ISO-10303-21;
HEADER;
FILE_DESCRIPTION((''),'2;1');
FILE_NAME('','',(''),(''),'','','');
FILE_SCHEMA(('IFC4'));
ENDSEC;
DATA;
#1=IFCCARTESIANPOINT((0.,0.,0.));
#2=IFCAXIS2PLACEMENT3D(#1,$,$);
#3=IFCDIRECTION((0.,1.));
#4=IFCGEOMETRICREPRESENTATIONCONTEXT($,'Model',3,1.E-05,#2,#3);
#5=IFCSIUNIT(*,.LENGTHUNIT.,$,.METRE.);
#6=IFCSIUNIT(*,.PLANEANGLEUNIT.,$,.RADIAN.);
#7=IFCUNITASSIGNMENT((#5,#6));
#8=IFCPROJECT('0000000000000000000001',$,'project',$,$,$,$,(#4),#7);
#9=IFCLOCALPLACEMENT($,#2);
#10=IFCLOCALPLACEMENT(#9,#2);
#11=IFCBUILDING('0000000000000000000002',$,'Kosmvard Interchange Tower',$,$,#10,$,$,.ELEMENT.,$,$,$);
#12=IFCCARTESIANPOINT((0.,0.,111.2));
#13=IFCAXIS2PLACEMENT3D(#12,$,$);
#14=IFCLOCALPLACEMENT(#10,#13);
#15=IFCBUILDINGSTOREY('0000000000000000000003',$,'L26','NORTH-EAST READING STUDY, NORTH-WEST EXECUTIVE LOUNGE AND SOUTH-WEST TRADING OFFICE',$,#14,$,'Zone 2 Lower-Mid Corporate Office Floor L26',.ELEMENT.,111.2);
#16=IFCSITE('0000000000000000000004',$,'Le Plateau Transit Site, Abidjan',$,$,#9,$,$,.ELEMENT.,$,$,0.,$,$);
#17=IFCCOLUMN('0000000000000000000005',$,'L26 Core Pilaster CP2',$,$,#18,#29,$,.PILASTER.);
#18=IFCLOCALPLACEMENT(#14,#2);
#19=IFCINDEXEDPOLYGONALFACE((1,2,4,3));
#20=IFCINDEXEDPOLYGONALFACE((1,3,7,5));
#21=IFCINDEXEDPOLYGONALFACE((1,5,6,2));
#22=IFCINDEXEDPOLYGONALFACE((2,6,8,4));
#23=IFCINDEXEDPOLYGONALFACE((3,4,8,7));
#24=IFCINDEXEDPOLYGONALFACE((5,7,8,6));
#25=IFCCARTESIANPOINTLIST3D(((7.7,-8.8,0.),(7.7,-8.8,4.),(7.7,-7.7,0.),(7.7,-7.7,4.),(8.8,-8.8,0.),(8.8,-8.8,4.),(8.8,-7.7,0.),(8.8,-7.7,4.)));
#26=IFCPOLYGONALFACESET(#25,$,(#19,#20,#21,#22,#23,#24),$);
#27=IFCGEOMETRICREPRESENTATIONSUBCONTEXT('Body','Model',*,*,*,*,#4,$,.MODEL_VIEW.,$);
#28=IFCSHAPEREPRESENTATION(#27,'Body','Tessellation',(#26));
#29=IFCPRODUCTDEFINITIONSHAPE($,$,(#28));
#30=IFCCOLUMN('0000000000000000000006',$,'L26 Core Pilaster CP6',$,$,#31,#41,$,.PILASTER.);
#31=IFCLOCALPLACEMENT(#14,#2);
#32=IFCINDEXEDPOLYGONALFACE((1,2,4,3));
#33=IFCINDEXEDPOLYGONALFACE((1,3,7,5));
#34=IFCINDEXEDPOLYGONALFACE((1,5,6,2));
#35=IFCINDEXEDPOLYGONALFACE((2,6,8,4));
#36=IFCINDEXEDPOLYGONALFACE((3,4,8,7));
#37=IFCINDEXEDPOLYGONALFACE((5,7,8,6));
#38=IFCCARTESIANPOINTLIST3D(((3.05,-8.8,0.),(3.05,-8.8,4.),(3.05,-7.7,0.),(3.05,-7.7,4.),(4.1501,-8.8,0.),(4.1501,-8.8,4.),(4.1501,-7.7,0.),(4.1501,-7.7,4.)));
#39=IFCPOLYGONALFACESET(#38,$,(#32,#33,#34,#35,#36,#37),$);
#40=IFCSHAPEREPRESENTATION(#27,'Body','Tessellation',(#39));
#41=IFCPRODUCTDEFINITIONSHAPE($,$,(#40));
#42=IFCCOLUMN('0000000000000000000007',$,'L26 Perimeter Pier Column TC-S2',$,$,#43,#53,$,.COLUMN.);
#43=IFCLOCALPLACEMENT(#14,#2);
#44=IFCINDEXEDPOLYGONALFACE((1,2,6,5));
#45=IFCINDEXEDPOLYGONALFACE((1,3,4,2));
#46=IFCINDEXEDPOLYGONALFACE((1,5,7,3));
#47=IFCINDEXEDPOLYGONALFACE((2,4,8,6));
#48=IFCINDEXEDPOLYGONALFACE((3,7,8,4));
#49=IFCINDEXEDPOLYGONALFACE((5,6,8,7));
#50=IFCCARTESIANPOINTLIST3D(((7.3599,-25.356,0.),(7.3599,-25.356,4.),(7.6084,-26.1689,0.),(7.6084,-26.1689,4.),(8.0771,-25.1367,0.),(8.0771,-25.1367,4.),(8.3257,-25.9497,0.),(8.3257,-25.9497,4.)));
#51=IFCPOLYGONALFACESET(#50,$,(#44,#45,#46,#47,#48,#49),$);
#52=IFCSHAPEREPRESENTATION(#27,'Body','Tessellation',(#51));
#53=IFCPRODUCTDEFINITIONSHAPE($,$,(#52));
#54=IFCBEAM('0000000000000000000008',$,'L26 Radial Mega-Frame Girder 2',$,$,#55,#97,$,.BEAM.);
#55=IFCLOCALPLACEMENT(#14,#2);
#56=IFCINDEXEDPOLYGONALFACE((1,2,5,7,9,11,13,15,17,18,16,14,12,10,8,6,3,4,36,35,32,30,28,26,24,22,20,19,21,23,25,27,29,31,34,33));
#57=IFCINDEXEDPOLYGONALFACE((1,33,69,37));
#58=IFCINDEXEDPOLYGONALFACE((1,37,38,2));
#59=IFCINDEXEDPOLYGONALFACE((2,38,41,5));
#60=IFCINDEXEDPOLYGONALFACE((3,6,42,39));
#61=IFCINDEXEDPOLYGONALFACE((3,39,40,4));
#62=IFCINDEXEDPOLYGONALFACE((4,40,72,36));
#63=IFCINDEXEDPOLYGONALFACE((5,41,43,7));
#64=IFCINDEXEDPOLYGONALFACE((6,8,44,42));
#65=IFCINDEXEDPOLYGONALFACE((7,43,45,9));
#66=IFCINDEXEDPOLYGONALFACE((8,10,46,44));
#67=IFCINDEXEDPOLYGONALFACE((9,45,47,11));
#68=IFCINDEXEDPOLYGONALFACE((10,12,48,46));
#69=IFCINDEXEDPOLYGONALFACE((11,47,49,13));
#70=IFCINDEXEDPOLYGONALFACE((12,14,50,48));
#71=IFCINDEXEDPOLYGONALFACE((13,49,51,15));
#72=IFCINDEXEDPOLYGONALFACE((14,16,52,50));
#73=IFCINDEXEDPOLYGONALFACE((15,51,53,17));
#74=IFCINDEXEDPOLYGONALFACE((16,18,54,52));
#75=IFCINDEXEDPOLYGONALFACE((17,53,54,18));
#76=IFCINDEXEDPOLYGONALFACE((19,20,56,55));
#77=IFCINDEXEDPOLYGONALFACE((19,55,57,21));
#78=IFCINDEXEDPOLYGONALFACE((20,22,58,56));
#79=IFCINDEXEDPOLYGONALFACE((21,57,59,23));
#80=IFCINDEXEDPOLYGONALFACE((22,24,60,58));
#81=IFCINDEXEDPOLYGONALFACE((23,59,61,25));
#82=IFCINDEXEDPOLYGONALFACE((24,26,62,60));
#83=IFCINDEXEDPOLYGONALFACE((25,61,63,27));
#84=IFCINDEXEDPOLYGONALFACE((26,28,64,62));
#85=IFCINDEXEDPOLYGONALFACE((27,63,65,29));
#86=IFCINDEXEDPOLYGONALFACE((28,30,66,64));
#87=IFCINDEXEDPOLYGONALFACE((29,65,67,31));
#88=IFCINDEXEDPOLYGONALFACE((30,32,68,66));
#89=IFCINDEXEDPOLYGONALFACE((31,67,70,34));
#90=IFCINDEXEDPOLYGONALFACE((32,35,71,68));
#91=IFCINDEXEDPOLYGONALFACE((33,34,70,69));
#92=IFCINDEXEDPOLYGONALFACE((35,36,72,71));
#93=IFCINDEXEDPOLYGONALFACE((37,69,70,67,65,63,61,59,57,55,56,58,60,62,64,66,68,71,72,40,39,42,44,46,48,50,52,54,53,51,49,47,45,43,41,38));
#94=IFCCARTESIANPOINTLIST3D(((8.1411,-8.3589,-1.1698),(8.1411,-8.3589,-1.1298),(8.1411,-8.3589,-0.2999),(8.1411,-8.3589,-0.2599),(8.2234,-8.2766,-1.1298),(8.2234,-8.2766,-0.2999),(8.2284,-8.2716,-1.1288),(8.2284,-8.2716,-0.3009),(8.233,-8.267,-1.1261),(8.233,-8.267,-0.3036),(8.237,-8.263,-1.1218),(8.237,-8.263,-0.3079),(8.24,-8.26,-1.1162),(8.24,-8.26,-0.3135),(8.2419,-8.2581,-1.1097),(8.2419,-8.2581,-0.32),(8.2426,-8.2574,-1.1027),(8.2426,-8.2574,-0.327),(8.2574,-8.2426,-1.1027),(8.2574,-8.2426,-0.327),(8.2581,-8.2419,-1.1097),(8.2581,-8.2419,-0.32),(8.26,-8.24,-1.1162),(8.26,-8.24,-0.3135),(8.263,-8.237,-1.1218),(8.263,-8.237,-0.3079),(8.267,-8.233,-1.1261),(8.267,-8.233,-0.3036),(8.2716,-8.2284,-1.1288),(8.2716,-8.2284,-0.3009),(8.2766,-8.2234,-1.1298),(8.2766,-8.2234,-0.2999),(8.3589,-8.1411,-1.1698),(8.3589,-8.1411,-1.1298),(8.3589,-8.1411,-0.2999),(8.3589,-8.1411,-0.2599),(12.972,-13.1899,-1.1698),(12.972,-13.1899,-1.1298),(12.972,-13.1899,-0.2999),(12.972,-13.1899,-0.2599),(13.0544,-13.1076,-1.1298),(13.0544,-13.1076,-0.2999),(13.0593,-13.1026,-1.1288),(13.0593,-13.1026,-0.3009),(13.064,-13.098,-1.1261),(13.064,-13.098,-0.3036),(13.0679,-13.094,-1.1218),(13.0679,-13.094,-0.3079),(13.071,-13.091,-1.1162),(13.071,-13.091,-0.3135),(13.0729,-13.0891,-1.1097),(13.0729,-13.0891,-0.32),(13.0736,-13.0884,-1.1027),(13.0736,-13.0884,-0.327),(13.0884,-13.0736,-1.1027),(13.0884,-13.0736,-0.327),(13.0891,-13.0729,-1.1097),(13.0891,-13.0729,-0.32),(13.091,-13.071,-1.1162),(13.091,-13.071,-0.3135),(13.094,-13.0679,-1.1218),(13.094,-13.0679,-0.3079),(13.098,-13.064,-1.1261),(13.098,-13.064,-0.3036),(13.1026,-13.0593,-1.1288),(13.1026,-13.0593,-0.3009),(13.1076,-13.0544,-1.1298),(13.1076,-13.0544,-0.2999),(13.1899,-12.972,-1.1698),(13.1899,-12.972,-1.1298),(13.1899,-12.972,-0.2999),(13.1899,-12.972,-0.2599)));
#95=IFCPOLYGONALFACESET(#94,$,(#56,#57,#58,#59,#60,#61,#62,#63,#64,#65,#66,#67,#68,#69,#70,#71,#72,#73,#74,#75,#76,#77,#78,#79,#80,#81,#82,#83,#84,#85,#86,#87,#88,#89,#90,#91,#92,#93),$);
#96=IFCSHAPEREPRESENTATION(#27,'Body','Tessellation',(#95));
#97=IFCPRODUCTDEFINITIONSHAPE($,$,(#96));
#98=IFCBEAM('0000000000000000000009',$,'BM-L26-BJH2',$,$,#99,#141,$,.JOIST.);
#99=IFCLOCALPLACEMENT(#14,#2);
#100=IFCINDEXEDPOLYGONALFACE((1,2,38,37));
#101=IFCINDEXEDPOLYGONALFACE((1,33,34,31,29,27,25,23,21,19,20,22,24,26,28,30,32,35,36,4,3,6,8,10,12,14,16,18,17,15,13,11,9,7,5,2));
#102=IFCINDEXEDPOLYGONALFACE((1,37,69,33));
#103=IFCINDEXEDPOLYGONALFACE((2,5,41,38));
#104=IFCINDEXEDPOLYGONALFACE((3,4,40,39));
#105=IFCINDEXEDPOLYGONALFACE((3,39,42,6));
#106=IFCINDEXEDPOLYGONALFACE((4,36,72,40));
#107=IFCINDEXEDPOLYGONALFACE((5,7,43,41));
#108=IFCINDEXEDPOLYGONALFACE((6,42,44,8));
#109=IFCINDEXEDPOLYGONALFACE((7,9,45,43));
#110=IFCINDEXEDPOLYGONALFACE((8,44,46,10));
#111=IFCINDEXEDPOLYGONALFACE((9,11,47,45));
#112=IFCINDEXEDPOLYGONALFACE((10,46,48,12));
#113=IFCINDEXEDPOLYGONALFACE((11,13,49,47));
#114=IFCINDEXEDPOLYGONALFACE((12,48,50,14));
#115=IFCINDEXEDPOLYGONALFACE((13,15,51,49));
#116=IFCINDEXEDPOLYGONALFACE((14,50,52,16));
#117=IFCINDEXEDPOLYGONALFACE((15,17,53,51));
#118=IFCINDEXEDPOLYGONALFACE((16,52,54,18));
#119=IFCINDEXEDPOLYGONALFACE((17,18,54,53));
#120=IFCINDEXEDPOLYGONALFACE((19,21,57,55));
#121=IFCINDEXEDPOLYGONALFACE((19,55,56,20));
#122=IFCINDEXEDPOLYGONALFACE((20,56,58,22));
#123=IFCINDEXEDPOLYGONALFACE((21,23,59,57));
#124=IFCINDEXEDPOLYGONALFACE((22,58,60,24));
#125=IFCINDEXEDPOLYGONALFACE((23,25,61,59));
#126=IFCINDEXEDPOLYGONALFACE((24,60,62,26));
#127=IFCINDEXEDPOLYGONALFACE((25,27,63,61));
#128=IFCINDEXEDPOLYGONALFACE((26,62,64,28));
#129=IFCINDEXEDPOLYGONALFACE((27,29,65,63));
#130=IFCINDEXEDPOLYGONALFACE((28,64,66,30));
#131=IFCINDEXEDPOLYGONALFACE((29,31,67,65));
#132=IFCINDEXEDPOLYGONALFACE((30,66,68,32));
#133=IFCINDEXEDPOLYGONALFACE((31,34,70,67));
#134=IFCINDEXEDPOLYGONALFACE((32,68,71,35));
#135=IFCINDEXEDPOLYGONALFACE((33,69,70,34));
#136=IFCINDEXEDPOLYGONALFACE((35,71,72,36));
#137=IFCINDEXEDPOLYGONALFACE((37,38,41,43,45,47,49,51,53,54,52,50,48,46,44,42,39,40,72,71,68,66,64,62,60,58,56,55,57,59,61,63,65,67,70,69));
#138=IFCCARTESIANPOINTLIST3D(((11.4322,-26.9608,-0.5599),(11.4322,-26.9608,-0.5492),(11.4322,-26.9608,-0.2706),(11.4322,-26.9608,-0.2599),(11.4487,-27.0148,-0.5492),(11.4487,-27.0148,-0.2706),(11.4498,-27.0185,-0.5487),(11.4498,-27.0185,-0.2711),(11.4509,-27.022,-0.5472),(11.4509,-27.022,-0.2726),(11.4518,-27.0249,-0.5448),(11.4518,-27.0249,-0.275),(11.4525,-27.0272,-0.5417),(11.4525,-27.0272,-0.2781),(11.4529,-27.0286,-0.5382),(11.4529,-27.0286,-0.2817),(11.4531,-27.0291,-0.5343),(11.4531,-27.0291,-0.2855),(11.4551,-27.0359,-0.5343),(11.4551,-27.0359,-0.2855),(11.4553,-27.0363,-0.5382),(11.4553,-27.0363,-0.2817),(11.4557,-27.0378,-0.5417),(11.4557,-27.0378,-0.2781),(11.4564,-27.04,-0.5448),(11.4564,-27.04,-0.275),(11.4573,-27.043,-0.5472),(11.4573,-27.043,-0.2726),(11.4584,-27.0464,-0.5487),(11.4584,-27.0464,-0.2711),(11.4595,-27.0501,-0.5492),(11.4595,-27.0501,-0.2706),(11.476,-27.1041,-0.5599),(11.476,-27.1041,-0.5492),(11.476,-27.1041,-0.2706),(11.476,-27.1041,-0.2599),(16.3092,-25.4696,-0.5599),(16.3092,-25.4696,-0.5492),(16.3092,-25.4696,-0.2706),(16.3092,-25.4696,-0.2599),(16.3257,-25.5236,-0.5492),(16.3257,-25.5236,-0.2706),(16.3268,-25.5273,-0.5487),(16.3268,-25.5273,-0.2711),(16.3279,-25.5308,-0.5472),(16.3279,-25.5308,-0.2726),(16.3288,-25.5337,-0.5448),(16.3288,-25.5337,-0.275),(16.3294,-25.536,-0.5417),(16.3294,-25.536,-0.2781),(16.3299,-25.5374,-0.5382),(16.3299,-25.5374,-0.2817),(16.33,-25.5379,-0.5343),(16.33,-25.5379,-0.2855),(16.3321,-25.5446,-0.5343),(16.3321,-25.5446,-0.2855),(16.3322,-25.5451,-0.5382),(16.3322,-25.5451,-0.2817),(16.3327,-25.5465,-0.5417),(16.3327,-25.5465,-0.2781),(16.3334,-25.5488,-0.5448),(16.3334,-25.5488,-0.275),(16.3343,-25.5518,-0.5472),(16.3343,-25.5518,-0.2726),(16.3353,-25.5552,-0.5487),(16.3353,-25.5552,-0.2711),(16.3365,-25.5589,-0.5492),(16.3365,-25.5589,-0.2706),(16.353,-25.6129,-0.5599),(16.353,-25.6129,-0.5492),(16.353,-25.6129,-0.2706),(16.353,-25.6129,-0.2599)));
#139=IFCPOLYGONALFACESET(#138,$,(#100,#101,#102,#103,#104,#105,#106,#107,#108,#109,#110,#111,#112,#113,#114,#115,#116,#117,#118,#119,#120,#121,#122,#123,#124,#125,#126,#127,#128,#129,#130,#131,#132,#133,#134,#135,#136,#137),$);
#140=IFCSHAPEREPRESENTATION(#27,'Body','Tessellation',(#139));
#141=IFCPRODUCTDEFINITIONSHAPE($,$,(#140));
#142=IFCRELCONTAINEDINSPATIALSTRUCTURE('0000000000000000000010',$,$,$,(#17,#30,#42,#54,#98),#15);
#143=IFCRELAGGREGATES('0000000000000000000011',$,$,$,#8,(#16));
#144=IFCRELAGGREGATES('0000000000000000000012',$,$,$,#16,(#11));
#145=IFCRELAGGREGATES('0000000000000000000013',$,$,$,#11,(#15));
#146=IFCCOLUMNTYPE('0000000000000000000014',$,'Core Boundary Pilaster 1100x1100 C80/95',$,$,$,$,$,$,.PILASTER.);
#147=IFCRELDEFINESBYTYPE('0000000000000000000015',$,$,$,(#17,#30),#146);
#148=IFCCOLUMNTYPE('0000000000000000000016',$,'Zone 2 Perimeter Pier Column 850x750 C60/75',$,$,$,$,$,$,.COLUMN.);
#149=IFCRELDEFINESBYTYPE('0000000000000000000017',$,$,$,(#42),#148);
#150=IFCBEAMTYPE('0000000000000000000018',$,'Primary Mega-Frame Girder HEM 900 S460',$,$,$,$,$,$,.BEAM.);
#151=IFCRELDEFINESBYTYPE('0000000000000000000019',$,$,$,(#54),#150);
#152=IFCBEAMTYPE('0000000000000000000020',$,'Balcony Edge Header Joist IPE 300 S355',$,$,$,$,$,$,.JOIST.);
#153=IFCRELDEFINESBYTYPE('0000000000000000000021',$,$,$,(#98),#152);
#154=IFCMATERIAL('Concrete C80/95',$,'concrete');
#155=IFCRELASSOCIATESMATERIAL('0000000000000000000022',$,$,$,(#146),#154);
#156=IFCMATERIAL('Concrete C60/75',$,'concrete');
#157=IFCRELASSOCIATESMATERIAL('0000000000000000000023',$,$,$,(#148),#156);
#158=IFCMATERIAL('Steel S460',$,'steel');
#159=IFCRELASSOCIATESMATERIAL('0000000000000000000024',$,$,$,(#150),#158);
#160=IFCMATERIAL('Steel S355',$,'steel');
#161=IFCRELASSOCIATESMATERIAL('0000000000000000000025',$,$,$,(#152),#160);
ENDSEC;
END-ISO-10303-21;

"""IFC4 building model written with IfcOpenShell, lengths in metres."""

from ifc_helpers import new_model, si_unit, direction, frame, origin, origin_2d, place, context, subcontext, project, spatial, rectangle, i_section, extrude, source, transform, mapped, material, material_profile, profile_set, type_object, element, save


model = new_model("IFC4")

# Units and contexts
model_context = context("Model", 3, precision=1e-05, world=origin(), true_north=direction((0.0, 1.0)))
body_context = subcontext(model_context, "Body", "Model", "MODEL_VIEW")
ifc_project = project(units=[si_unit("LENGTHUNIT", "METRE"), si_unit("PLANEANGLEUNIT", "RADIAN")], contexts=[model_context])

# Site, building, storey
site_placement = place(None, origin())
site = spatial("IfcSite", under=ifc_project, at=site_placement, Name="Le Plateau Transit Site, Abidjan", CompositionType="ELEMENT", RefElevation=0.0)
building_placement = place(site_placement, origin())
building = spatial("IfcBuilding", under=site, at=building_placement, Name="Kosmvard Interchange Tower", CompositionType="ELEMENT")
storey_placement = place(building_placement, frame((0.0, 0.0, 111.2)))
storey = spatial("IfcBuildingStorey", under=building, at=storey_placement, Name="L26", Description="NORTH-EAST READING STUDY, NORTH-WEST EXECUTIVE LOUNGE AND SOUTH-WEST TRADING OFFICE", LongName="Zone 2 Lower-Mid Corporate Office Floor L26", CompositionType="ELEMENT", Elevation=111.2)

# Columns
ifc_material_1 = material(Name="Concrete C80/95", Category="concrete")
ifc_material_profile_1 = material_profile(ifc_material_1, rectangle(XDim=1.1001, YDim=1.1001, at=origin_2d()), Name="CP 1100x1100")
ifc_profile_set_1 = profile_set([ifc_material_profile_1], Name="Concrete C80/95")
column_type_1 = type_object("IfcColumnType", Name="Core Boundary Pilaster 1100x1100 C80/95", PredefinedType="PILASTER", material=ifc_profile_set_1)
shared_shape_1 = source(origin(), body_context, "Body", "SweptSolid", [
    extrude(rectangle(XDim=1.1001, YDim=1.1001, at=origin_2d()), origin(), (0.0, 0.0, 1.0), 4.0),
])
for number, where, z_axis, x_axis, name in (
    (1, (8.25, -8.25, 0.0), (0.0, 0.0, 1.0), (1.0, 0.0, 0.0), "L26 Core Pilaster CP2"),
    (2, (3.6001, -8.25, 0.0), (0.0, 0.0, 1.0), (1.0, 0.0, 0.0), "L26 Core Pilaster CP6"),
):
    element("IfcColumn", number, at=place(storey_placement, frame(where, z_axis=z_axis, x_axis=x_axis)), inside=storey, type_object=column_type_1, Name=name, PredefinedType="PILASTER", context=body_context, shape_type="MappedRepresentation", body=[
        mapped(shared_shape_1, transform((0.0, 0.0, 0.0), scale=1.0)),
    ])
ifc_material_2 = material(Name="Concrete C60/75", Category="concrete")
ifc_material_profile_2 = material_profile(ifc_material_2, rectangle(XDim=0.75, YDim=0.8501, at=origin_2d()), Name="TC 850x750")
ifc_profile_set_2 = profile_set([ifc_material_profile_2], Name="Concrete C60/75")
column_type_2 = type_object("IfcColumnType", Name="Zone 2 Perimeter Pier Column 850x750 C60/75", PredefinedType="COLUMN", material=ifc_profile_set_2)
shared_shape_2 = source(origin(), body_context, "Body", "SweptSolid", [
    extrude(rectangle(XDim=0.75, YDim=0.8501, at=origin_2d()), origin(), (0.0, 0.0, 1.0), 4.0),
])
column_placement = place(storey_placement, frame((7.8428, -25.6528, 0.0), z_axis=(0.0, 0.0, 1.0), x_axis=(0.956305, 0.292372, 0.0)))
element("IfcColumn", 3, at=column_placement, inside=storey, type_object=column_type_2, Name="L26 Perimeter Pier Column TC-S2", PredefinedType="COLUMN", context=body_context, shape_type="MappedRepresentation", body=[
    mapped(shared_shape_2, transform((0.0, 0.0, 0.0), scale=1.0)),
])

# Beams
ifc_material_3 = material(Name="Steel S460", Category="steel")
ifc_material_profile_3 = material_profile(ifc_material_3, i_section(OverallWidth=0.3081, OverallDepth=0.9099, WebThickness=0.021, FlangeThickness=0.04, FilletRadius=0.0271, at=origin_2d()), Name="HEM 900")
ifc_profile_set_3 = profile_set([ifc_material_profile_3], Name="Steel S460")
beam_type_1 = type_object("IfcBeamType", Name="Primary Mega-Frame Girder HEM 900 S460", PredefinedType="BEAM", material=ifc_profile_set_3)
shared_shape_3 = source(origin(), body_context, "Body", "SweptSolid", [
    extrude(i_section(OverallWidth=0.3081, OverallDepth=0.9099, WebThickness=0.021, FlangeThickness=0.04, FilletRadius=0.0271, at=origin_2d()), origin(), (0.0, 0.0, 1.0), 6.832),
])
beam_1_placement = place(storey_placement, frame((8.25, -8.25, -0.7148), z_axis=(0.707107, -0.707107, 0.0), x_axis=(0.707107, 0.707107, 0.0)))
element("IfcBeam", 4, at=beam_1_placement, inside=storey, type_object=beam_type_1, Name="L26 Radial Mega-Frame Girder 2", PredefinedType="BEAM", context=body_context, shape_type="MappedRepresentation", body=[
    mapped(shared_shape_3, transform((0.0, 0.0, 0.0), scale=1.0)),
])
ifc_material_4 = material(Name="Steel S355", Category="steel")
ifc_material_profile_4 = material_profile(ifc_material_4, i_section(OverallWidth=0.1499, OverallDepth=0.3, WebThickness=0.0071, FlangeThickness=0.0107, FilletRadius=0.0149, at=origin_2d()), Name="IPE 300")
ifc_profile_set_4 = profile_set([ifc_material_profile_4], Name="Steel S355")
beam_type_2 = type_object("IfcBeamType", Name="Balcony Edge Header Joist IPE 300 S355", PredefinedType="JOIST", material=ifc_profile_set_4)
shared_shape_4 = source(origin(), body_context, "Body", "SweptSolid", [
    extrude(i_section(OverallWidth=0.1499, OverallDepth=0.3, WebThickness=0.0071, FlangeThickness=0.0107, FilletRadius=0.0149, at=origin_2d()), origin(), (0.0, 0.0, 1.0), 5.0999),
])
beam_2_placement = place(storey_placement, frame((11.4541, -27.0325, -0.4099), z_axis=(0.956295, 0.292403, 0.0), x_axis=(-0.292403, 0.956295, 0.0)))
element("IfcBeam", 5, at=beam_2_placement, inside=storey, type_object=beam_type_2, Name="BM-L26-BJH2", PredefinedType="JOIST", context=body_context, shape_type="MappedRepresentation", body=[
    mapped(shared_shape_4, transform((0.0, 0.0, 0.0), scale=1.0)),
])

save(model, "model.ifc")
